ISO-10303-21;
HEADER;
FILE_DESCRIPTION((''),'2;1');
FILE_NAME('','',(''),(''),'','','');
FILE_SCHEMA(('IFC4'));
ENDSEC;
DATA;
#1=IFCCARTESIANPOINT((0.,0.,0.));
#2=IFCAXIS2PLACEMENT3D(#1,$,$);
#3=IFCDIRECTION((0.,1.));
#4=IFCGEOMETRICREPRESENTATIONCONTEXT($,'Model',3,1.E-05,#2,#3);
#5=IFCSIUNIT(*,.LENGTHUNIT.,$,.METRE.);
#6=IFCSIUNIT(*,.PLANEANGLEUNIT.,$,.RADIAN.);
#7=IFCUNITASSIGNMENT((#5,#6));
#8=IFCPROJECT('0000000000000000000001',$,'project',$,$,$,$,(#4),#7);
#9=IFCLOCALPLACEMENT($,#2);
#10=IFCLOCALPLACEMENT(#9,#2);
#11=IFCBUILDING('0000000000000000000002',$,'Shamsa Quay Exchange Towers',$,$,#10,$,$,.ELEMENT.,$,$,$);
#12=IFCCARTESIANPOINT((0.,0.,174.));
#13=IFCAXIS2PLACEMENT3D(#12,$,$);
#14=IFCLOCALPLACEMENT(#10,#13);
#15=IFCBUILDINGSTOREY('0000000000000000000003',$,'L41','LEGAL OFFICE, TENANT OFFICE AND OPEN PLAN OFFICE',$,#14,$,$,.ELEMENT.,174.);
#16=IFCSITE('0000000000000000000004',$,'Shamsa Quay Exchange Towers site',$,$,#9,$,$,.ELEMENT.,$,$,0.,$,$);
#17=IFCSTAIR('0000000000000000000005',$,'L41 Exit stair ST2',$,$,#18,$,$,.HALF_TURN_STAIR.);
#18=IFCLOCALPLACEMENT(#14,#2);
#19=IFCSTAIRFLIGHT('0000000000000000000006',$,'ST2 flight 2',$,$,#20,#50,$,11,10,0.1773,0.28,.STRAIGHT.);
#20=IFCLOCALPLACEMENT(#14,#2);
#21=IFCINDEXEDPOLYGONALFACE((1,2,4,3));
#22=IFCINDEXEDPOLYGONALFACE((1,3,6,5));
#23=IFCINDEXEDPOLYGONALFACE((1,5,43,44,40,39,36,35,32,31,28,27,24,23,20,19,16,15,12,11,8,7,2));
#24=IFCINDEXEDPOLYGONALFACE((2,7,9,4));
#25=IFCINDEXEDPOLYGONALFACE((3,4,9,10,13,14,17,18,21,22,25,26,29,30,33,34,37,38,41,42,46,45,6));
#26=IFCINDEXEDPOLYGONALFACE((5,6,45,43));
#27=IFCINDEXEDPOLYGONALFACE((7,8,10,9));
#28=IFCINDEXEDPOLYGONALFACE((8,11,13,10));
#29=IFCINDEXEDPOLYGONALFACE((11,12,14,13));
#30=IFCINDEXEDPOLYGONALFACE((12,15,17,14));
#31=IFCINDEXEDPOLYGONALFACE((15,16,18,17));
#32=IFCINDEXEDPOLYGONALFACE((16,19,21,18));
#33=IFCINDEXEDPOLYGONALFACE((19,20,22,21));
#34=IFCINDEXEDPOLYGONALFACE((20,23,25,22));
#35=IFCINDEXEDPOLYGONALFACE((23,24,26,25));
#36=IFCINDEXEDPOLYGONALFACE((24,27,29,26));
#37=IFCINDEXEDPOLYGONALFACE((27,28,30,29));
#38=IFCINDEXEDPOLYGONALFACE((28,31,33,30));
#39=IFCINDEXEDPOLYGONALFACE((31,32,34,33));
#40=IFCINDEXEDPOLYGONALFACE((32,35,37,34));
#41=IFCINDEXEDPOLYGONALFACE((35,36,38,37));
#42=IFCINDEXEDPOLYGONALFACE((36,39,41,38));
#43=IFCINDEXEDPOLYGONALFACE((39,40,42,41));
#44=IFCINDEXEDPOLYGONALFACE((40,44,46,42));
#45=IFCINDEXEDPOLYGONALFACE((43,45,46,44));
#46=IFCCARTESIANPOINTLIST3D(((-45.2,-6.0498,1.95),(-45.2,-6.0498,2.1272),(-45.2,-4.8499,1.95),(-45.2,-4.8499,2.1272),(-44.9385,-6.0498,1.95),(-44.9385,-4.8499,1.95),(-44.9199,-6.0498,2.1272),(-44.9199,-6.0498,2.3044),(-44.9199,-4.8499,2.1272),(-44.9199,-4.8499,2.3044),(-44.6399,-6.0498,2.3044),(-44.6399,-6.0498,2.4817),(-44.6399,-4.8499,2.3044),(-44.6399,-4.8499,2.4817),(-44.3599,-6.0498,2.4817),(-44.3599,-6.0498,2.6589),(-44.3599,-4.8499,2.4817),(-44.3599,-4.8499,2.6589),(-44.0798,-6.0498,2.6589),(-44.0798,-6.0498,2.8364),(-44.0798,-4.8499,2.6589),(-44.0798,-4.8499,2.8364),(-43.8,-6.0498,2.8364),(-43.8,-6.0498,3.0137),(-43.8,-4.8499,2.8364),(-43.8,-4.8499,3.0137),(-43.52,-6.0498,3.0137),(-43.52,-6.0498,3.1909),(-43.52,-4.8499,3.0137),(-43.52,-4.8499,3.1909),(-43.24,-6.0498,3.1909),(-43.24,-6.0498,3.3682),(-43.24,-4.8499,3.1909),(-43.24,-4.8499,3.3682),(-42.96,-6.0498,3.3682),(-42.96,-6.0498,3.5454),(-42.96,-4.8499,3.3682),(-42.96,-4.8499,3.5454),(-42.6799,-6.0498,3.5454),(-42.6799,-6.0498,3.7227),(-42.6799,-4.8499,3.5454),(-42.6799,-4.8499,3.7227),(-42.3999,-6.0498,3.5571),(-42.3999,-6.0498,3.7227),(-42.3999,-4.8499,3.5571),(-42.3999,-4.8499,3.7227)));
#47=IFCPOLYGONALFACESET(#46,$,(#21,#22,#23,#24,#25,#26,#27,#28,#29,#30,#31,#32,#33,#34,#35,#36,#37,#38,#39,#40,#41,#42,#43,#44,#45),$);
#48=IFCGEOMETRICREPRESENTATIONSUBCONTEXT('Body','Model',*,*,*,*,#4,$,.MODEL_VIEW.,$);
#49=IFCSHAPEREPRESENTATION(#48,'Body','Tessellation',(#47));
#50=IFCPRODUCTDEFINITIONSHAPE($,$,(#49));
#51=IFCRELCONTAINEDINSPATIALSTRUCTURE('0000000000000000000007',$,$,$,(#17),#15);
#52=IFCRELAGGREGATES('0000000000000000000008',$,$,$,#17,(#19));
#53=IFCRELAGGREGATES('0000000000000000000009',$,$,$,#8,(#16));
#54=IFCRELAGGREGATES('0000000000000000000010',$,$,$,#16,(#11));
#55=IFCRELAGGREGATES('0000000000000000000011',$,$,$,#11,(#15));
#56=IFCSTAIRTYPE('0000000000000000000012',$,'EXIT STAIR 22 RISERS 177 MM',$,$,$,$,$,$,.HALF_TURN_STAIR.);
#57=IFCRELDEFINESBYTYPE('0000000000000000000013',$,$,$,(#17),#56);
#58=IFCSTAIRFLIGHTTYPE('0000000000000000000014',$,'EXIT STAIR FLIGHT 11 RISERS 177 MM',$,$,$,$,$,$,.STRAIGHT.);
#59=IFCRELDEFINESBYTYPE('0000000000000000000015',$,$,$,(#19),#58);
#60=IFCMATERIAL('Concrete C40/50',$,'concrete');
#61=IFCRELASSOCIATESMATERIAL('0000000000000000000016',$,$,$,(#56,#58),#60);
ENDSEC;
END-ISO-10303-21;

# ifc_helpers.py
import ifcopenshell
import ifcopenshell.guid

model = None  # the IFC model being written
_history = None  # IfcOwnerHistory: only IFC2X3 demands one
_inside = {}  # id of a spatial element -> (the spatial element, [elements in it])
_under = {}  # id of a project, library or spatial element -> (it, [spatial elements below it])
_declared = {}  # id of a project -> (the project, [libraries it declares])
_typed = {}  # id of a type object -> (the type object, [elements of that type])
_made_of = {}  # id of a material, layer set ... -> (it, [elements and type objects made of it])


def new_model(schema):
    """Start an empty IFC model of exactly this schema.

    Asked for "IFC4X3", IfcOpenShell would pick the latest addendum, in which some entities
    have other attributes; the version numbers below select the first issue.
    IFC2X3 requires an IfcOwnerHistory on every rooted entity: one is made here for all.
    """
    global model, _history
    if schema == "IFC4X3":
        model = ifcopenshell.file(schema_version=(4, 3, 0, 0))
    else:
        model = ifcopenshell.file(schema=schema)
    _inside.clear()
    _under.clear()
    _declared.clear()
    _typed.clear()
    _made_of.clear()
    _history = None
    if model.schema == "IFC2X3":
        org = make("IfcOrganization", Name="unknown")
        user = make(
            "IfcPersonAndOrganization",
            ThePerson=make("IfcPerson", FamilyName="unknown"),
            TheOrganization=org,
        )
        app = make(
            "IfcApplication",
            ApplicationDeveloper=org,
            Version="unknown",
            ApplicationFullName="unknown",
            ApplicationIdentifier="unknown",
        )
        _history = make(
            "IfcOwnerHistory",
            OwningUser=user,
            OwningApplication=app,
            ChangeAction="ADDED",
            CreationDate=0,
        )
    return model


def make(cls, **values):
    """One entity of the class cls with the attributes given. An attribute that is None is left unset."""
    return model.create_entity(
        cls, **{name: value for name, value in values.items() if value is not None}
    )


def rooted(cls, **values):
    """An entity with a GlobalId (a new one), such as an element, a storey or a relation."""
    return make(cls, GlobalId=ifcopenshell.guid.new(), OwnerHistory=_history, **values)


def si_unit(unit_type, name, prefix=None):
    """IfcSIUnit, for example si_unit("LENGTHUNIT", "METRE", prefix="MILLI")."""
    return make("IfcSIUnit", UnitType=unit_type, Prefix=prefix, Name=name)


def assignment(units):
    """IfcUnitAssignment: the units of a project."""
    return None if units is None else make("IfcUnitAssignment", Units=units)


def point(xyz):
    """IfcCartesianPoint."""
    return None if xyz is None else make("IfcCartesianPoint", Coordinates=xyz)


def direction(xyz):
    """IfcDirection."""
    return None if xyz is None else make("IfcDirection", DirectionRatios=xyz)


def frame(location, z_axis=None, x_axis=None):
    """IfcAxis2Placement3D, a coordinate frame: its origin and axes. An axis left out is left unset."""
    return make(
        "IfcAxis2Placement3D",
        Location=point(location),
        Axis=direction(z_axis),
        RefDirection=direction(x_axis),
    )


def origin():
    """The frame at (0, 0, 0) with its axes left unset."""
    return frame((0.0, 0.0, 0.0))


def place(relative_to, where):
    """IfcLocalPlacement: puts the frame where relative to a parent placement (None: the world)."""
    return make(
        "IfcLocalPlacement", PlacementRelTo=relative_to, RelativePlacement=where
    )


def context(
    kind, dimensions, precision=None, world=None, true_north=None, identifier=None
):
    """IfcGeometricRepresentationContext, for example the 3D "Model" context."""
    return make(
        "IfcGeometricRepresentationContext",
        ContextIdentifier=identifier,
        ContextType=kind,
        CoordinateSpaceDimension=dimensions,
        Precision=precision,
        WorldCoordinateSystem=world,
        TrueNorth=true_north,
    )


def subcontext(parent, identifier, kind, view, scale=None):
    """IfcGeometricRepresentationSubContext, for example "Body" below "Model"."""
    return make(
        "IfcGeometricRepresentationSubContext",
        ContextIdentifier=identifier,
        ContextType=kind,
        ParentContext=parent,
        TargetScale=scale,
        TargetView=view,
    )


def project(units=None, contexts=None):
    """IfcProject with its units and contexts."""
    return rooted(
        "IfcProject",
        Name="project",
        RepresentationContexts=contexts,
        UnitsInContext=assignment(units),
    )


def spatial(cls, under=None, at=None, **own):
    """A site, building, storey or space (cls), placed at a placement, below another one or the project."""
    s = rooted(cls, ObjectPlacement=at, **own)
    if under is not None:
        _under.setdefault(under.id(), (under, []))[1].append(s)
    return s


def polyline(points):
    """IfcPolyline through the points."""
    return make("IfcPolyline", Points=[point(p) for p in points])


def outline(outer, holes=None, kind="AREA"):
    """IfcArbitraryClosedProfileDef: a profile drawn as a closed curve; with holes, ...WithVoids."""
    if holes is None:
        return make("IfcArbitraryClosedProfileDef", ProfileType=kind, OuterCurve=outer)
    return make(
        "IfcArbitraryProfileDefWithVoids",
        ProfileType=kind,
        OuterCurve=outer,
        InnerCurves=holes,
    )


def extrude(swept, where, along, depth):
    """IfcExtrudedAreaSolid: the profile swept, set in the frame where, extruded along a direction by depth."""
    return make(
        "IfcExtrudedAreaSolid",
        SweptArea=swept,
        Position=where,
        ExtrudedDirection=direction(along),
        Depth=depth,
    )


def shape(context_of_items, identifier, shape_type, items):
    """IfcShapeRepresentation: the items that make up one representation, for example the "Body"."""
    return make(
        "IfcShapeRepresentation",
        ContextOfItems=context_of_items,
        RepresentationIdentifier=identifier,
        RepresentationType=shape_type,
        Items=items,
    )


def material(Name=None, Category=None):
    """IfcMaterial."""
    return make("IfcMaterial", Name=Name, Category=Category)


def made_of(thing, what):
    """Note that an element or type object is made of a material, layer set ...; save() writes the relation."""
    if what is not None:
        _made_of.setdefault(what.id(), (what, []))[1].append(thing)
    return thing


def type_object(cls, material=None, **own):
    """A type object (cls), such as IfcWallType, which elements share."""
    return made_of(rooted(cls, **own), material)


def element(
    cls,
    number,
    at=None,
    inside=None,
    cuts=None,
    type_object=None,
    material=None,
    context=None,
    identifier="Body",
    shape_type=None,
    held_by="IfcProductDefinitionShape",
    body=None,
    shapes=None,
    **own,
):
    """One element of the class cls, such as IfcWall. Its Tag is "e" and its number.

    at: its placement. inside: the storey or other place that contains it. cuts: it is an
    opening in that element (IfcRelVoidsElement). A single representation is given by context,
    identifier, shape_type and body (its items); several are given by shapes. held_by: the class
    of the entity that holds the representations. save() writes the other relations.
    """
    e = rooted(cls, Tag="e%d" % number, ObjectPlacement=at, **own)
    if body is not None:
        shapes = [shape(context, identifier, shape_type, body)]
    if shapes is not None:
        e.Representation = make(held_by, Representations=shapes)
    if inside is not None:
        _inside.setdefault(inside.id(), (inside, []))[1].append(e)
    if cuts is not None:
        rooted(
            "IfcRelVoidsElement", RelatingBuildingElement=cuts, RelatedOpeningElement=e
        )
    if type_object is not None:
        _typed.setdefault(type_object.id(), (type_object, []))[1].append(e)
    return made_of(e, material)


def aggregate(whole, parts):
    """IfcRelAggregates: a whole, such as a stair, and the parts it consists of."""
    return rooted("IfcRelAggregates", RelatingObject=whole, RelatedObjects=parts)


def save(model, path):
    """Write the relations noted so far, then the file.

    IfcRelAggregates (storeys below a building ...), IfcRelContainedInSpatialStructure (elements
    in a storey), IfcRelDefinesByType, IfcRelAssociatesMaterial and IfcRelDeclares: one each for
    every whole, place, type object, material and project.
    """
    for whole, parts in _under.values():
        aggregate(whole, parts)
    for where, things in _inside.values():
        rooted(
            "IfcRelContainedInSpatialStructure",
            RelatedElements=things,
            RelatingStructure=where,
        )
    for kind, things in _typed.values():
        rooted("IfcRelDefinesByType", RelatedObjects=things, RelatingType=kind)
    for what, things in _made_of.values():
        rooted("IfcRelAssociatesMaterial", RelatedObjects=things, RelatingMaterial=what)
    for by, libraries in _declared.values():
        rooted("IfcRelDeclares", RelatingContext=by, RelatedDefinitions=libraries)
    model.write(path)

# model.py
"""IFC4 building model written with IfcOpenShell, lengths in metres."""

from ifc_helpers import new_model, si_unit, direction, frame, origin, place, context, subcontext, project, spatial, polyline, outline, extrude, material, type_object, element, aggregate, save


model = new_model("IFC4")

# Units and contexts
model_context = context("Model", 3, precision=1e-05, world=origin(), true_north=direction((0.0, 1.0)))
body_context = subcontext(model_context, "Body", "Model", "MODEL_VIEW")
ifc_project = project(units=[si_unit("LENGTHUNIT", "METRE"), si_unit("PLANEANGLEUNIT", "RADIAN")], contexts=[model_context])

# Site, building, storey
site_placement = place(None, origin())
site = spatial("IfcSite", under=ifc_project, at=site_placement, Name="Shamsa Quay Exchange Towers site", CompositionType="ELEMENT", RefElevation=0.0)
building_placement = place(site_placement, origin())
building = spatial("IfcBuilding", under=site, at=building_placement, Name="Shamsa Quay Exchange Towers", CompositionType="ELEMENT")
storey_placement = place(building_placement, frame((0.0, 0.0, 174.0)))
storey = spatial("IfcBuildingStorey", under=building, at=storey_placement, Name="L41", Description="LEGAL OFFICE, TENANT OFFICE AND OPEN PLAN OFFICE", CompositionType="ELEMENT", Elevation=174.0)

# Stair, stair flight
ifc_material_1 = material(Name="Concrete C40/50", Category="concrete")
stair_type = type_object("IfcStairType", Name="EXIT STAIR 22 RISERS 177 MM", PredefinedType="HALF_TURN_STAIR", material=ifc_material_1)
stair_placement = place(storey_placement, origin())
stair = element("IfcStair", 1, at=stair_placement, inside=storey, type_object=stair_type, Name="L41 Exit stair ST2", PredefinedType="HALF_TURN_STAIR")
stair_flight_type = type_object("IfcStairFlightType", Name="EXIT STAIR FLIGHT 11 RISERS 177 MM", PredefinedType="STRAIGHT", material=ifc_material_1)
stair_flight_placement = place(storey_placement, frame((-45.2, -5.45, 1.95)))
stair_flight = element("IfcStairFlight", 2, at=stair_flight_placement, type_object=stair_flight_type, Name="ST2 flight 2", NumberOfRisers=11, NumberOfTreads=10, PredefinedType="STRAIGHT", RiserHeight=0.1773, TreadLength=0.28, context=body_context, shape_type="SweptSolid", body=[
    extrude(outline(polyline([(0.0, 0.0), (0.0, 0.1772), (0.28, 0.1772), (0.28, 0.3545), (0.5601, 0.3545), (0.5601, 0.5317), (0.8401, 0.5317), (0.8401, 0.709), (1.1201, 0.709), (1.1201, 0.8865), (1.3999, 0.8865), (1.3999, 1.0637), (1.6799, 1.0637), (1.6799, 1.241), (1.96, 1.241), (1.96, 1.4182), (2.24, 1.4182), (2.24, 1.5955), (2.52, 1.5955), (2.52, 1.7727), (2.8, 1.7727), (2.8, 1.95), (2.8, 1.6072), (0.2615, 0.0), (0.0, 0.0)])), frame((0.0, 0.6001, 0.0), z_axis=(0.0, -1.0, 0.0), x_axis=(1.0, 0.0, 0.0)), (0.0, 0.0, 1.0), 1.2),
])
aggregate(stair, [stair_flight])

save(model, "model.ifc")
